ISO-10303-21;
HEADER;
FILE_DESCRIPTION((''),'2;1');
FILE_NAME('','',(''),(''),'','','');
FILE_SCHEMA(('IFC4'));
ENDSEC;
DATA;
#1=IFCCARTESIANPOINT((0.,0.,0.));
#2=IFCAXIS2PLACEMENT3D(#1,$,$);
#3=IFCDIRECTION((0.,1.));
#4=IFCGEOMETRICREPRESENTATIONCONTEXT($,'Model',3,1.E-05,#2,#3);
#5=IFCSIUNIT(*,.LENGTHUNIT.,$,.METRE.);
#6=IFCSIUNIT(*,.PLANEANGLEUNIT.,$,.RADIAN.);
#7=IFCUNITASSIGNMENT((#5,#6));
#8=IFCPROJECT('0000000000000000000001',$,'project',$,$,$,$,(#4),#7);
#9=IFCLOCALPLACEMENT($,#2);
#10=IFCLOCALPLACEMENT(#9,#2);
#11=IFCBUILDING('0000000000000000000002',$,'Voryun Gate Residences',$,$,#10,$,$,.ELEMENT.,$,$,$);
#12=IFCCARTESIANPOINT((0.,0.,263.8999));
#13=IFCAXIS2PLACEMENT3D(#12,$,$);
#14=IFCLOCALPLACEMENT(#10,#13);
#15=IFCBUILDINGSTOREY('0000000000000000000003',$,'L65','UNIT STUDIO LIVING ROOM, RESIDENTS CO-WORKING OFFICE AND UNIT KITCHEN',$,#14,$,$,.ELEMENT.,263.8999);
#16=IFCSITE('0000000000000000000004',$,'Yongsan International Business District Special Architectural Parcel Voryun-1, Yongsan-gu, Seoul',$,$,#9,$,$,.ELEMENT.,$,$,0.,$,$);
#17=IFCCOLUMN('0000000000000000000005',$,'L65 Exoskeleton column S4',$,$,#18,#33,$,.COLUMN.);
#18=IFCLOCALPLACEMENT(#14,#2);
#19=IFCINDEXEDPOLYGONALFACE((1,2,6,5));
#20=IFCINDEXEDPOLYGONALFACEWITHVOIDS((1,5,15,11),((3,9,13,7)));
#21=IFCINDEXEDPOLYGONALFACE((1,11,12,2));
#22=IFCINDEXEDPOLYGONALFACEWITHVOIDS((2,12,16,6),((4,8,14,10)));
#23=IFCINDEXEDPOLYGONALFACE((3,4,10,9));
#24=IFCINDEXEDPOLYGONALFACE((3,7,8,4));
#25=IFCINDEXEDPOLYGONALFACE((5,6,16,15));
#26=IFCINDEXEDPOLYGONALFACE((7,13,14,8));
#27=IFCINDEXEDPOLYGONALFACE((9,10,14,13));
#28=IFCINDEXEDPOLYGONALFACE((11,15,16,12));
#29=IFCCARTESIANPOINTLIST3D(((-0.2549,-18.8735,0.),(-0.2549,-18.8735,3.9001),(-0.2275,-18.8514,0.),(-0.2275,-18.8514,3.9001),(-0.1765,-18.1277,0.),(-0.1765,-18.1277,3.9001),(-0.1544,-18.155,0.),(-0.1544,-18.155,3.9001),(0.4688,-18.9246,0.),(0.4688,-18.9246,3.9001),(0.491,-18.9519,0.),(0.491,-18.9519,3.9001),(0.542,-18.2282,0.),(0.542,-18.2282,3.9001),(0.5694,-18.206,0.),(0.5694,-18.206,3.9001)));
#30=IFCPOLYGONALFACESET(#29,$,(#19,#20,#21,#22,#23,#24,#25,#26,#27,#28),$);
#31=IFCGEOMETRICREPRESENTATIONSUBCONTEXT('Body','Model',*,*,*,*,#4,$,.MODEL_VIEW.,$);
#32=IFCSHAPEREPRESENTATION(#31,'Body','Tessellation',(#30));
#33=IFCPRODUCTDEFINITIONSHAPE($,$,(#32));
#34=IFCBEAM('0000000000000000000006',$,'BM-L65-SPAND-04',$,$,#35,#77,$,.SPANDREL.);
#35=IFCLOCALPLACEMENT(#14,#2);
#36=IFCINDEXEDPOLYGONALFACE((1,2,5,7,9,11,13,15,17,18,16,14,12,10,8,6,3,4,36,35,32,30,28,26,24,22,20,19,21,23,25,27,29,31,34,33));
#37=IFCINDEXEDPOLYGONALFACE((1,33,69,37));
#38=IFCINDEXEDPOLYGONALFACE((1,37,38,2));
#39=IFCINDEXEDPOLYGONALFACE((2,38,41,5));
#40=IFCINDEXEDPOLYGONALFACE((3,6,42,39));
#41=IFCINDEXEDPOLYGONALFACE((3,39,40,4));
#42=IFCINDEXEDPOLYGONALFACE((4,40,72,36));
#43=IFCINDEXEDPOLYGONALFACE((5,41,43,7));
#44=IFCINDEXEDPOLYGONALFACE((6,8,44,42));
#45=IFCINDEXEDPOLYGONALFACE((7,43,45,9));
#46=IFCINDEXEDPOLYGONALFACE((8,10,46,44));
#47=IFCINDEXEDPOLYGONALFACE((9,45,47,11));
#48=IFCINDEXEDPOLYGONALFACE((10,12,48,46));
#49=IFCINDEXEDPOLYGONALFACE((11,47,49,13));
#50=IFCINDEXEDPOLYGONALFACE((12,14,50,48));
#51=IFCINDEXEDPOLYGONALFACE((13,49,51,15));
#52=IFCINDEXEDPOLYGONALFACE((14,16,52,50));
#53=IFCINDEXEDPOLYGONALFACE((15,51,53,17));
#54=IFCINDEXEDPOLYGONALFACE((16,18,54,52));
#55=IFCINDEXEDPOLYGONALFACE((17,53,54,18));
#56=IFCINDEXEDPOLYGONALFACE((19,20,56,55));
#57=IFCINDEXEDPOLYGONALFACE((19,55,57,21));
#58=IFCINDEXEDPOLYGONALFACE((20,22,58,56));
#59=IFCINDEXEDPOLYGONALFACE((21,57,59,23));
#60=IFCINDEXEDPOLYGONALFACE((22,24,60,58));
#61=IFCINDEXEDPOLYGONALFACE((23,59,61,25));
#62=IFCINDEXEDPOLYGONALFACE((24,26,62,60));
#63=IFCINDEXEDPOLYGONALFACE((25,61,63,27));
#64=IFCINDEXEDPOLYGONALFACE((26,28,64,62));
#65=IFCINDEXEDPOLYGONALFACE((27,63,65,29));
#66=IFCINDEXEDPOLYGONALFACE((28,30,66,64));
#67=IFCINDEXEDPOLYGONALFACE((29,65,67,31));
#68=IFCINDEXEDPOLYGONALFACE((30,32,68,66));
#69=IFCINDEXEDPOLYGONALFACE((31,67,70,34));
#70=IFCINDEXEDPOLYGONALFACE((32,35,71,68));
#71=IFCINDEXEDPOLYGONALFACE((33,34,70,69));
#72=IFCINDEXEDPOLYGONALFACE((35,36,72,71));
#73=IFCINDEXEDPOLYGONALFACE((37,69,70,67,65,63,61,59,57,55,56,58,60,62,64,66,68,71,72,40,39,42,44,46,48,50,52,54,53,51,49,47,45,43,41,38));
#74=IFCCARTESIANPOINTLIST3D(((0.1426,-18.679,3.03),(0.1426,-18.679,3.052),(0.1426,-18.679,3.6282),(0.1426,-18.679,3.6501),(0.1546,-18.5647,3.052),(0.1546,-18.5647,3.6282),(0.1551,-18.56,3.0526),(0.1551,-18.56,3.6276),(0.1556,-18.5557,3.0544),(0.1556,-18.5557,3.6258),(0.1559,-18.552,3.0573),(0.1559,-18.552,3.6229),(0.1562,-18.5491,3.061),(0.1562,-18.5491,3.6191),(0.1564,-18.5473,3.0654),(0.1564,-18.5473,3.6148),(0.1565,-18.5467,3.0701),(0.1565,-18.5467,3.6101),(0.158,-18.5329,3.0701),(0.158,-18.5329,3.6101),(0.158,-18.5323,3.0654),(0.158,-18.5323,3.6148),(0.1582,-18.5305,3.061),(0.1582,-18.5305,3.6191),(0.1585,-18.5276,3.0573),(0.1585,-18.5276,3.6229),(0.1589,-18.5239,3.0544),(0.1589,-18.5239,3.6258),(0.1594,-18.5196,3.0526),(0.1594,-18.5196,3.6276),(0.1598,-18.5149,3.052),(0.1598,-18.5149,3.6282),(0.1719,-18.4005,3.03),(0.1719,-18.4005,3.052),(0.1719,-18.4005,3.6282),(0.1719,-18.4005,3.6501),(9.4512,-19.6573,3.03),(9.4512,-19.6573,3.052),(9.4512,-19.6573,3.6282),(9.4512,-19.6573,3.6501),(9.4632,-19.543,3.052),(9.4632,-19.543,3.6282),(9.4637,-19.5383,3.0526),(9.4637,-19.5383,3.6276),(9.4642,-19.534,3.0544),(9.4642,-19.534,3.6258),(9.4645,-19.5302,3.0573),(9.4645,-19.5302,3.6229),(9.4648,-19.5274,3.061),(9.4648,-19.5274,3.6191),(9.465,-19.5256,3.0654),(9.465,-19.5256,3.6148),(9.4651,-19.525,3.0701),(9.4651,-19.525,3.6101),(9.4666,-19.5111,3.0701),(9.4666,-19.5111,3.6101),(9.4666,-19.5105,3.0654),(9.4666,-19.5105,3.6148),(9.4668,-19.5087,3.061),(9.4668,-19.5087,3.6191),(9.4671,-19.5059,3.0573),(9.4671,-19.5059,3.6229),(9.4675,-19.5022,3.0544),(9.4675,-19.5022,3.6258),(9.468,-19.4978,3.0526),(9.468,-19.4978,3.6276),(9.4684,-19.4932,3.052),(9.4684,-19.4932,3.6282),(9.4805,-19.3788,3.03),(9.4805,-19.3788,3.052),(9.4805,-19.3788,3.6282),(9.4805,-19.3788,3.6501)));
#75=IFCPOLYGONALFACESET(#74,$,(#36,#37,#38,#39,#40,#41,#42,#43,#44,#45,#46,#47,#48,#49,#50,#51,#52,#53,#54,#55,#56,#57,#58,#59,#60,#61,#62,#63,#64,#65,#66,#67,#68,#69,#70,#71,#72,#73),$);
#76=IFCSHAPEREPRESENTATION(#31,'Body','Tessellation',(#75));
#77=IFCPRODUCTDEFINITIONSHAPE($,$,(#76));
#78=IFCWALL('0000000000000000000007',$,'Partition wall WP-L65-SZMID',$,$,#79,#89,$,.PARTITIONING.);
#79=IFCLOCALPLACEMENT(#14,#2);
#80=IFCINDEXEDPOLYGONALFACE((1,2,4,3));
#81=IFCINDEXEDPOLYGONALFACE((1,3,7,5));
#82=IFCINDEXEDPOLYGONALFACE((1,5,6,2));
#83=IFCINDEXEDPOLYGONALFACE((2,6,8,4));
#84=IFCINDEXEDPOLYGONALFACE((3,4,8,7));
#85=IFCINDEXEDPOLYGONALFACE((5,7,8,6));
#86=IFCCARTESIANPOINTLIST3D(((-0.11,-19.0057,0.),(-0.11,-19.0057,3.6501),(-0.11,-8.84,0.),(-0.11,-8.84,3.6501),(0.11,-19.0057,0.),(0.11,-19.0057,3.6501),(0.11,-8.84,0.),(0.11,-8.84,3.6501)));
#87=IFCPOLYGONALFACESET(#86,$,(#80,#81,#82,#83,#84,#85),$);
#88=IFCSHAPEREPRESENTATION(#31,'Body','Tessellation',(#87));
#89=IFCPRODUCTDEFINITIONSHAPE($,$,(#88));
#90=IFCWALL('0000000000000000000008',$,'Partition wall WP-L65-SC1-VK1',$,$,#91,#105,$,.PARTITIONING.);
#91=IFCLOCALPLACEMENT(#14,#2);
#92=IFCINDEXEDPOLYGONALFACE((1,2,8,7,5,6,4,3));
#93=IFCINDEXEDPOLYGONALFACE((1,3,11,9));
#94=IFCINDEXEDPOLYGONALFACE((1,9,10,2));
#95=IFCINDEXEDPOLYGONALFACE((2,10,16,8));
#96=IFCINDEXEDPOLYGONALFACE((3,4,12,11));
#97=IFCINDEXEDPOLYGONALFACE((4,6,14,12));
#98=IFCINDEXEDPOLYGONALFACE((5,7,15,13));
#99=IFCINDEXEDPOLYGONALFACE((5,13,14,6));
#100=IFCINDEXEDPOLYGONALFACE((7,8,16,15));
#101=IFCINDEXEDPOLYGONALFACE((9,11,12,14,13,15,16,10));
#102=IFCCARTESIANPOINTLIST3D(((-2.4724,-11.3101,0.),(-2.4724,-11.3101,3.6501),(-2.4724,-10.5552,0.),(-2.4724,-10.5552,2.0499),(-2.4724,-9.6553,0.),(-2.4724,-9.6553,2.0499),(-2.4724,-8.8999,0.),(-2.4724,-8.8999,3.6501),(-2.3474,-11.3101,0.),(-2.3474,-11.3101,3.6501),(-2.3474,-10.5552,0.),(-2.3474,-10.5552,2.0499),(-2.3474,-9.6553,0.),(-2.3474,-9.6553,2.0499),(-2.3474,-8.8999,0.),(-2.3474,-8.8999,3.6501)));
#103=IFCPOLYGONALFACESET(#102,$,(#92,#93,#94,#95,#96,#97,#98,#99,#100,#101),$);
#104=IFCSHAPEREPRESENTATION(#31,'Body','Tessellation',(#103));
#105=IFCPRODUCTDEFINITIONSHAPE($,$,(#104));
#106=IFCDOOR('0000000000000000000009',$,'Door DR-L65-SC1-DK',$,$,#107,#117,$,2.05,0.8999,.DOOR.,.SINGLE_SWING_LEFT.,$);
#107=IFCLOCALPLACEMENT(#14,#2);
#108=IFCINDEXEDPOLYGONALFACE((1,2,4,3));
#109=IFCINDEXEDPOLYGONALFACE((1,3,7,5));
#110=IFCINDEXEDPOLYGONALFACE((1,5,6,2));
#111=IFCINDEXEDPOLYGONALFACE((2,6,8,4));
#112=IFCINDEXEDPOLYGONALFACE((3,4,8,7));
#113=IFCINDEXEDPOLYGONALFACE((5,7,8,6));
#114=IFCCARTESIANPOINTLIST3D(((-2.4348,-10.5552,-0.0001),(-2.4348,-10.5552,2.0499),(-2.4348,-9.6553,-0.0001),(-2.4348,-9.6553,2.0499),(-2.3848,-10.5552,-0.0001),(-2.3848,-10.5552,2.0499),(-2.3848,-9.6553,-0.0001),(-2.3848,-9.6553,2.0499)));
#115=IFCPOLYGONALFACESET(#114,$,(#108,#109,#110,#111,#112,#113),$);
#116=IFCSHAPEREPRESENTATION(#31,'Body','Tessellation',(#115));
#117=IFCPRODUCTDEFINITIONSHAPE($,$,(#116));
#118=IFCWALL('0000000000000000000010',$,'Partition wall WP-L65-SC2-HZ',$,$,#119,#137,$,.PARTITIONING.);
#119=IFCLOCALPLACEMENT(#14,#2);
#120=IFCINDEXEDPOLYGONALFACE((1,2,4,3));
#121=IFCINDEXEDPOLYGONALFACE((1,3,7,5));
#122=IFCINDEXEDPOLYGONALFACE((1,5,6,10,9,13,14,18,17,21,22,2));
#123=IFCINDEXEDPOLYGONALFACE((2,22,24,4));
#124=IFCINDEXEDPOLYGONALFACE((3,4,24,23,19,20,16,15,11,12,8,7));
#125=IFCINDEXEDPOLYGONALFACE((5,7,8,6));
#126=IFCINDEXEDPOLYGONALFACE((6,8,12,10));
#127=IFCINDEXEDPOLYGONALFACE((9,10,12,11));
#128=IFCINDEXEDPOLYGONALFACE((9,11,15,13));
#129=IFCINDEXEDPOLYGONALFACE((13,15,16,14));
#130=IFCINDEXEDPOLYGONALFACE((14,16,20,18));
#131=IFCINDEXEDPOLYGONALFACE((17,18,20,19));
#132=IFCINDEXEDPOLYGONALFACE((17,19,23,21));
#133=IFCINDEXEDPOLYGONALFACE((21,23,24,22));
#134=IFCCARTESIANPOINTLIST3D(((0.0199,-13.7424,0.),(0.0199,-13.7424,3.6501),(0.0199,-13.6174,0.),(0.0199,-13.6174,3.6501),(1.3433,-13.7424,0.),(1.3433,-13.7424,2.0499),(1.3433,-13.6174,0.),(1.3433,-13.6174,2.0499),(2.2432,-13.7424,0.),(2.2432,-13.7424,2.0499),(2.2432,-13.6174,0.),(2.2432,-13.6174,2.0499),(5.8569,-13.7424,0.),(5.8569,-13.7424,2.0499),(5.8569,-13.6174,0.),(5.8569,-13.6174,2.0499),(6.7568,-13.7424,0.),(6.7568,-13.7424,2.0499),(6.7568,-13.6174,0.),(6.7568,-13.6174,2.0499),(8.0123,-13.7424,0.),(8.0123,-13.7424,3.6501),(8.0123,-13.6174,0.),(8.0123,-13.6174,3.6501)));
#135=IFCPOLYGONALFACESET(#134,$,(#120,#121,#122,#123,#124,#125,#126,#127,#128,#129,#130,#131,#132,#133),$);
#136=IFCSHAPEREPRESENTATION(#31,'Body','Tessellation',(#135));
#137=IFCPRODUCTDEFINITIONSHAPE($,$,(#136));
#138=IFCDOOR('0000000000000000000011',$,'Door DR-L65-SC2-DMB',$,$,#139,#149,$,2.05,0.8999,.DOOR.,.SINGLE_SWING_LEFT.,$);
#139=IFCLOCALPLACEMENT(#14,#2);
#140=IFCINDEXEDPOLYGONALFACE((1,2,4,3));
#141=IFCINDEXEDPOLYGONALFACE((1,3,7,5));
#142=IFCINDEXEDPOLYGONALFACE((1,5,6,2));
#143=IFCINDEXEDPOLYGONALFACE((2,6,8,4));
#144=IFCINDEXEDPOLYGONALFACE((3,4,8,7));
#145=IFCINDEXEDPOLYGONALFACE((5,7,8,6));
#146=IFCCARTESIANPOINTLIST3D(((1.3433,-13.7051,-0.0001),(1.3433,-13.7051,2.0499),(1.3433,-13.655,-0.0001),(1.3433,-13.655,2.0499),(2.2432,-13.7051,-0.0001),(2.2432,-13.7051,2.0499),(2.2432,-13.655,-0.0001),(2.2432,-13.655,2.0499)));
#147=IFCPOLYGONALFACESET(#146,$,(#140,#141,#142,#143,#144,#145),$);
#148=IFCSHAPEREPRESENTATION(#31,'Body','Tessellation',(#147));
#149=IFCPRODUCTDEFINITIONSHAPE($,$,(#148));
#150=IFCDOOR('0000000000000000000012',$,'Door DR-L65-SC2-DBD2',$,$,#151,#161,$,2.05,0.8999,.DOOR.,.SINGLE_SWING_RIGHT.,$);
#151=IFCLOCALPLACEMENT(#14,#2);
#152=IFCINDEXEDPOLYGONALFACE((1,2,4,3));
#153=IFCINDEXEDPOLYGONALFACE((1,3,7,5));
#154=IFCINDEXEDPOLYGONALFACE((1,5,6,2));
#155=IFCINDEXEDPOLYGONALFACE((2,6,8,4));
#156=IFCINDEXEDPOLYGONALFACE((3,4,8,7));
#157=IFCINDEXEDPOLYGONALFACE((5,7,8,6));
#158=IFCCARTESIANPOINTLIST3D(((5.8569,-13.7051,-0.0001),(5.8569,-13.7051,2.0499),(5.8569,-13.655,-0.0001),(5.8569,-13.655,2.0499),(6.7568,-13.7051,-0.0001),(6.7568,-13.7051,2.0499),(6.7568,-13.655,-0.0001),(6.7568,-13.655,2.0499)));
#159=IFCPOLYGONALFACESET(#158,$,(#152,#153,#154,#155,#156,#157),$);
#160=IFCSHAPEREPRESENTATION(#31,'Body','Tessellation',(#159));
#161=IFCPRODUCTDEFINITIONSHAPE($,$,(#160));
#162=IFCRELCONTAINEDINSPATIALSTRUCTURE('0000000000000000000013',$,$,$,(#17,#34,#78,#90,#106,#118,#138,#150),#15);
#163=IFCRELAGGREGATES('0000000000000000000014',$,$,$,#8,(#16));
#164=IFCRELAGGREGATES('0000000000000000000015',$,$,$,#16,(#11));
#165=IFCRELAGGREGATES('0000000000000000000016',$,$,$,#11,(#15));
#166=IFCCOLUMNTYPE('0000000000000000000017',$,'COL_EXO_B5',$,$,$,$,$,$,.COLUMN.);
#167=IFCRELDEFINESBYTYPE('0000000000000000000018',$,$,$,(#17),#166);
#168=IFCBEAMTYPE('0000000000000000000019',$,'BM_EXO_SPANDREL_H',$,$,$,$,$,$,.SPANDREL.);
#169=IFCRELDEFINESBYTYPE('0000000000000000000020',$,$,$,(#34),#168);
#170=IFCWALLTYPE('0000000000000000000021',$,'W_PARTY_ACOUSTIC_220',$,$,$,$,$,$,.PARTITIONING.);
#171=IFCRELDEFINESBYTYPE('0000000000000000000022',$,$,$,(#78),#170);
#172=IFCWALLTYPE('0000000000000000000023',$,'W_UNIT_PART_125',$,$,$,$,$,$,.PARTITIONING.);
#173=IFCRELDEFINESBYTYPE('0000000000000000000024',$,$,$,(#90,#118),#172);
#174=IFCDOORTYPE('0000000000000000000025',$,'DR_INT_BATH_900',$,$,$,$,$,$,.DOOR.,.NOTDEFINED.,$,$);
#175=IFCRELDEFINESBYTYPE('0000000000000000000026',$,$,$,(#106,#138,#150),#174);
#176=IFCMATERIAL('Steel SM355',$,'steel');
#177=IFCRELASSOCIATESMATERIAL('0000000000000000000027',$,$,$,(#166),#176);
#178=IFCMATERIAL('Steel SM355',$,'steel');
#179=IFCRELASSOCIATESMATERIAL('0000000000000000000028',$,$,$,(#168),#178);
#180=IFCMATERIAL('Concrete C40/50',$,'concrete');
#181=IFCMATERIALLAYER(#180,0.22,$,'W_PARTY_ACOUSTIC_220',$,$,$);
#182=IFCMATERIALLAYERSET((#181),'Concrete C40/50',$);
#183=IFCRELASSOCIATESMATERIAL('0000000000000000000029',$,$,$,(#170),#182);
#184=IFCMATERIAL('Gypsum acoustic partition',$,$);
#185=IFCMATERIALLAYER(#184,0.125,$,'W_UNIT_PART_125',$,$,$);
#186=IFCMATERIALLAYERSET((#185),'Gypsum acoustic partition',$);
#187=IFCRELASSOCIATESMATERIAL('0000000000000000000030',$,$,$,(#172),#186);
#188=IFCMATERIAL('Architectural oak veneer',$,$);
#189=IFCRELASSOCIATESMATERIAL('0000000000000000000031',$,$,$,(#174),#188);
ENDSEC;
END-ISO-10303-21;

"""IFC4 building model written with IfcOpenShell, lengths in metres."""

from ifc_helpers import new_model, si_unit, direction, frame, frame_2d, origin, origin_2d, place, context, subcontext, project, spatial, rectangle, hollow_rectangle, i_section, extrude, material, layer, layer_set, material_profile, profile_set, type_object, element, fill, save


model = new_model("IFC4")

# Units and contexts
model_context = context("Model", 3, precision=1e-05, world=origin(), true_north=direction((0.0, 1.0)))
body_context = subcontext(model_context, "Body", "Model", "MODEL_VIEW")
ifc_project = project(units=[si_unit("LENGTHUNIT", "METRE"), si_unit("PLANEANGLEUNIT", "RADIAN")], contexts=[model_context])

# Site, building, storey
site_placement = place(None, origin())
site = spatial("IfcSite", under=ifc_project, at=site_placement, Name="Yongsan International Business District Special Architectural Parcel Voryun-1, Yongsan-gu, Seoul", CompositionType="ELEMENT", RefElevation=0.0)
building_placement = place(site_placement, origin())
building = spatial("IfcBuilding", under=site, at=building_placement, Name="Voryun Gate Residences", CompositionType="ELEMENT")
storey_placement = place(building_placement, frame((0.0, 0.0, 263.8999)))
storey = spatial("IfcBuildingStorey", under=building, at=storey_placement, Name="L65", Description="UNIT STUDIO LIVING ROOM, RESIDENTS CO-WORKING OFFICE AND UNIT KITCHEN", CompositionType="ELEMENT", Elevation=263.8999)

# Column
ifc_material_1 = material(Name="Steel SM355", Category="steel")
ifc_material_profile_1 = material_profile(ifc_material_1, hollow_rectangle(XDim=0.75, YDim=0.75, WallThickness=0.0249, at=origin_2d()), Name="BOX-750x750x25")
ifc_profile_set_1 = profile_set([ifc_material_profile_1], Name="Steel SM355")
column_type = type_object("IfcColumnType", Name="COL_EXO_B5", PredefinedType="COLUMN", material=ifc_profile_set_1)
column_placement = place(storey_placement, frame((0.1572, -18.5398, 0.0), z_axis=(0.0, 0.0, 1.0), x_axis=(0.994522, -0.104528, 0.0)))
element("IfcColumn", 1, at=column_placement, inside=storey, type_object=column_type, Name="L65 Exoskeleton column S4", PredefinedType="COLUMN", context=body_context, shape_type="SweptSolid", body=[
    extrude(hollow_rectangle(XDim=0.75, YDim=0.75, WallThickness=0.0249, at=origin_2d()), origin(), (0.0, 0.0, 1.0), 3.9001),
])

# Beam
ifc_material_2 = material(Name="Steel SM355", Category="steel")
ifc_material_profile_2 = material_profile(ifc_material_2, i_section(OverallWidth=0.28, OverallDepth=0.6201, WebThickness=0.0139, FlangeThickness=0.022, FilletRadius=0.0181, at=origin_2d()), Name="H-620x280x14x22")
ifc_profile_set_2 = profile_set([ifc_material_profile_2], Name="Steel SM355")
beam_type = type_object("IfcBeamType", Name="BM_EXO_SPANDREL_H", PredefinedType="SPANDREL", material=ifc_profile_set_2)
beam_placement = place(storey_placement, frame((0.1572, -18.5398, 3.3401), z_axis=(0.994523, -0.104518, 0.0), x_axis=(0.104518, 0.994523, 0.0)))
element("IfcBeam", 2, at=beam_placement, inside=storey, type_object=beam_type, Name="BM-L65-SPAND-04", PredefinedType="SPANDREL", context=body_context, shape_type="SweptSolid", body=[
    extrude(i_section(OverallWidth=0.28, OverallDepth=0.6201, WebThickness=0.0139, FlangeThickness=0.022, FilletRadius=0.0181, at=origin_2d()), origin(), (0.0, 0.0, 1.0), 9.3599),
])

# Wall
ifc_material_3 = material(Name="Concrete C40/50", Category="concrete")
ifc_layer_1 = layer(ifc_material_3, 0.22, Name="W_PARTY_ACOUSTIC_220")
ifc_layer_set_1 = layer_set([ifc_layer_1], Name="Concrete C40/50")
wall_type_1 = type_object("IfcWallType", Name="W_PARTY_ACOUSTIC_220", PredefinedType="PARTITIONING", material=ifc_layer_set_1)
wall_1_placement = place(storey_placement, frame((0.0, -19.0059, 0.0), z_axis=(0.0, 0.0, 1.0), x_axis=(0.0, 1.0, 0.0)))
element("IfcWall", 3, at=wall_1_placement, inside=storey, type_object=wall_type_1, Name="Partition wall WP-L65-SZMID", PredefinedType="PARTITIONING", context=body_context, shape_type="SweptSolid", body=[
    extrude(rectangle(XDim=10.1658, YDim=0.22, at=frame_2d((5.083, 0.0))), origin(), (0.0, 0.0, 1.0), 3.6501),
])

# Wall, opening, door
ifc_material_4 = material(Name="Gypsum acoustic partition")
ifc_layer_2 = layer(ifc_material_4, 0.125, Name="W_UNIT_PART_125")
ifc_layer_set_2 = layer_set([ifc_layer_2], Name="Gypsum acoustic partition")
wall_type_2 = type_object("IfcWallType", Name="W_UNIT_PART_125", PredefinedType="PARTITIONING", material=ifc_layer_set_2)
wall_2_placement = place(storey_placement, frame((-2.4099, -11.3101, 0.0), z_axis=(0.0, 0.0, 1.0), x_axis=(0.0, 1.0, 0.0)))
wall_2 = element("IfcWall", 4, at=wall_2_placement, inside=storey, type_object=wall_type_2, Name="Partition wall WP-L65-SC1-VK1", PredefinedType="PARTITIONING", context=body_context, shape_type="SweptSolid", body=[
    extrude(rectangle(XDim=2.4102, YDim=0.125, at=frame_2d((1.2051, 0.0))), origin(), (0.0, 0.0, 1.0), 3.6501),
])
opening_1_placement = place(wall_2_placement, frame((0.7549, 0.0, 0.0)))
opening_1 = element("IfcOpeningElement", 5, at=opening_1_placement, cuts=wall_2, PredefinedType="OPENING", context=body_context, shape_type="SweptSolid", body=[
    extrude(rectangle(XDim=0.8999, YDim=2.05, at=frame_2d((0.45, 1.0249))), frame((0.0, 0.0725, 0.0), z_axis=(0.0, -1.0, 0.0), x_axis=(1.0, 0.0, 0.0)), (0.0, 0.0, 1.0), 0.145),
])
ifc_material_5 = material(Name="Architectural oak veneer")
door_type = type_object("IfcDoorType", Name="DR_INT_BATH_900", OperationType="NOTDEFINED", PredefinedType="DOOR", material=ifc_material_5)
door_1_placement = place(opening_1_placement, origin())
door_1 = element("IfcDoor", 6, at=door_1_placement, inside=storey, type_object=door_type, Name="Door DR-L65-SC1-DK", OperationType="SINGLE_SWING_LEFT", OverallHeight=2.05, OverallWidth=0.8999, PredefinedType="DOOR", context=body_context, shape_type="SweptSolid", body=[
    extrude(rectangle(XDim=0.8999, YDim=2.05, at=frame_2d((0.45, 1.0249))), frame((0.0, 0.0249, 0.0), z_axis=(0.0, -1.0, 0.0), x_axis=(1.0, 0.0, 0.0)), (0.0, 0.0, 1.0), 0.05),
])
fill(opening_1, door_1)

# Wall, openings, doors
wall_3_placement = place(storey_placement, frame((0.02, -13.6799, 0.0), z_axis=(0.0, 0.0, 1.0), x_axis=(1.0, 0.0, 0.0)))
wall_3 = element("IfcWall", 7, at=wall_3_placement, inside=storey, type_object=wall_type_2, Name="Partition wall WP-L65-SC2-HZ", PredefinedType="PARTITIONING", context=body_context, shape_type="SweptSolid", body=[
    extrude(rectangle(XDim=7.9924, YDim=0.125, at=frame_2d((3.9961, 0.0))), origin(), (0.0, 0.0, 1.0), 3.6501),
])
opening_2_placement = place(wall_3_placement, frame((1.3232, 0.0, 0.0)))
opening_2 = element("IfcOpeningElement", 8, at=opening_2_placement, cuts=wall_3, PredefinedType="OPENING", context=body_context, shape_type="SweptSolid", body=[
    extrude(rectangle(XDim=0.8999, YDim=2.05, at=frame_2d((0.45, 1.0249))), frame((0.0, 0.0725, 0.0), z_axis=(0.0, -1.0, 0.0), x_axis=(1.0, 0.0, 0.0)), (0.0, 0.0, 1.0), 0.145),
])
opening_3_placement = place(wall_3_placement, frame((5.8369, 0.0, 0.0)))
opening_3 = element("IfcOpeningElement", 9, at=opening_3_placement, cuts=wall_3, PredefinedType="OPENING", context=body_context, shape_type="SweptSolid", body=[
    extrude(rectangle(XDim=0.8999, YDim=2.05, at=frame_2d((0.45, 1.0249))), frame((0.0, 0.0725, 0.0), z_axis=(0.0, -1.0, 0.0), x_axis=(1.0, 0.0, 0.0)), (0.0, 0.0, 1.0), 0.145),
])
door_2_placement = place(opening_2_placement, origin())
door_2 = element("IfcDoor", 10, at=door_2_placement, inside=storey, type_object=door_type, Name="Door DR-L65-SC2-DMB", OperationType="SINGLE_SWING_LEFT", OverallHeight=2.05, OverallWidth=0.8999, PredefinedType="DOOR", context=body_context, shape_type="SweptSolid", body=[
    extrude(rectangle(XDim=0.8999, YDim=2.05, at=frame_2d((0.45, 1.0249))), frame((0.0, 0.0249, 0.0), z_axis=(0.0, -1.0, 0.0), x_axis=(1.0, 0.0, 0.0)), (0.0, 0.0, 1.0), 0.05),
])
fill(opening_2, door_2)
door_3_placement = place(opening_3_placement, origin())
door_3 = element("IfcDoor", 11, at=door_3_placement, inside=storey, type_object=door_type, Name="Door DR-L65-SC2-DBD2", OperationType="SINGLE_SWING_RIGHT", OverallHeight=2.05, OverallWidth=0.8999, PredefinedType="DOOR", context=body_context, shape_type="SweptSolid", body=[
    extrude(rectangle(XDim=0.8999, YDim=2.05, at=frame_2d((0.45, 1.0249))), frame((0.0, 0.0249, 0.0), z_axis=(0.0, -1.0, 0.0), x_axis=(1.0, 0.0, 0.0)), (0.0, 0.0, 1.0), 0.05),
])
fill(opening_3, door_3)

save(model, "model.ifc")
